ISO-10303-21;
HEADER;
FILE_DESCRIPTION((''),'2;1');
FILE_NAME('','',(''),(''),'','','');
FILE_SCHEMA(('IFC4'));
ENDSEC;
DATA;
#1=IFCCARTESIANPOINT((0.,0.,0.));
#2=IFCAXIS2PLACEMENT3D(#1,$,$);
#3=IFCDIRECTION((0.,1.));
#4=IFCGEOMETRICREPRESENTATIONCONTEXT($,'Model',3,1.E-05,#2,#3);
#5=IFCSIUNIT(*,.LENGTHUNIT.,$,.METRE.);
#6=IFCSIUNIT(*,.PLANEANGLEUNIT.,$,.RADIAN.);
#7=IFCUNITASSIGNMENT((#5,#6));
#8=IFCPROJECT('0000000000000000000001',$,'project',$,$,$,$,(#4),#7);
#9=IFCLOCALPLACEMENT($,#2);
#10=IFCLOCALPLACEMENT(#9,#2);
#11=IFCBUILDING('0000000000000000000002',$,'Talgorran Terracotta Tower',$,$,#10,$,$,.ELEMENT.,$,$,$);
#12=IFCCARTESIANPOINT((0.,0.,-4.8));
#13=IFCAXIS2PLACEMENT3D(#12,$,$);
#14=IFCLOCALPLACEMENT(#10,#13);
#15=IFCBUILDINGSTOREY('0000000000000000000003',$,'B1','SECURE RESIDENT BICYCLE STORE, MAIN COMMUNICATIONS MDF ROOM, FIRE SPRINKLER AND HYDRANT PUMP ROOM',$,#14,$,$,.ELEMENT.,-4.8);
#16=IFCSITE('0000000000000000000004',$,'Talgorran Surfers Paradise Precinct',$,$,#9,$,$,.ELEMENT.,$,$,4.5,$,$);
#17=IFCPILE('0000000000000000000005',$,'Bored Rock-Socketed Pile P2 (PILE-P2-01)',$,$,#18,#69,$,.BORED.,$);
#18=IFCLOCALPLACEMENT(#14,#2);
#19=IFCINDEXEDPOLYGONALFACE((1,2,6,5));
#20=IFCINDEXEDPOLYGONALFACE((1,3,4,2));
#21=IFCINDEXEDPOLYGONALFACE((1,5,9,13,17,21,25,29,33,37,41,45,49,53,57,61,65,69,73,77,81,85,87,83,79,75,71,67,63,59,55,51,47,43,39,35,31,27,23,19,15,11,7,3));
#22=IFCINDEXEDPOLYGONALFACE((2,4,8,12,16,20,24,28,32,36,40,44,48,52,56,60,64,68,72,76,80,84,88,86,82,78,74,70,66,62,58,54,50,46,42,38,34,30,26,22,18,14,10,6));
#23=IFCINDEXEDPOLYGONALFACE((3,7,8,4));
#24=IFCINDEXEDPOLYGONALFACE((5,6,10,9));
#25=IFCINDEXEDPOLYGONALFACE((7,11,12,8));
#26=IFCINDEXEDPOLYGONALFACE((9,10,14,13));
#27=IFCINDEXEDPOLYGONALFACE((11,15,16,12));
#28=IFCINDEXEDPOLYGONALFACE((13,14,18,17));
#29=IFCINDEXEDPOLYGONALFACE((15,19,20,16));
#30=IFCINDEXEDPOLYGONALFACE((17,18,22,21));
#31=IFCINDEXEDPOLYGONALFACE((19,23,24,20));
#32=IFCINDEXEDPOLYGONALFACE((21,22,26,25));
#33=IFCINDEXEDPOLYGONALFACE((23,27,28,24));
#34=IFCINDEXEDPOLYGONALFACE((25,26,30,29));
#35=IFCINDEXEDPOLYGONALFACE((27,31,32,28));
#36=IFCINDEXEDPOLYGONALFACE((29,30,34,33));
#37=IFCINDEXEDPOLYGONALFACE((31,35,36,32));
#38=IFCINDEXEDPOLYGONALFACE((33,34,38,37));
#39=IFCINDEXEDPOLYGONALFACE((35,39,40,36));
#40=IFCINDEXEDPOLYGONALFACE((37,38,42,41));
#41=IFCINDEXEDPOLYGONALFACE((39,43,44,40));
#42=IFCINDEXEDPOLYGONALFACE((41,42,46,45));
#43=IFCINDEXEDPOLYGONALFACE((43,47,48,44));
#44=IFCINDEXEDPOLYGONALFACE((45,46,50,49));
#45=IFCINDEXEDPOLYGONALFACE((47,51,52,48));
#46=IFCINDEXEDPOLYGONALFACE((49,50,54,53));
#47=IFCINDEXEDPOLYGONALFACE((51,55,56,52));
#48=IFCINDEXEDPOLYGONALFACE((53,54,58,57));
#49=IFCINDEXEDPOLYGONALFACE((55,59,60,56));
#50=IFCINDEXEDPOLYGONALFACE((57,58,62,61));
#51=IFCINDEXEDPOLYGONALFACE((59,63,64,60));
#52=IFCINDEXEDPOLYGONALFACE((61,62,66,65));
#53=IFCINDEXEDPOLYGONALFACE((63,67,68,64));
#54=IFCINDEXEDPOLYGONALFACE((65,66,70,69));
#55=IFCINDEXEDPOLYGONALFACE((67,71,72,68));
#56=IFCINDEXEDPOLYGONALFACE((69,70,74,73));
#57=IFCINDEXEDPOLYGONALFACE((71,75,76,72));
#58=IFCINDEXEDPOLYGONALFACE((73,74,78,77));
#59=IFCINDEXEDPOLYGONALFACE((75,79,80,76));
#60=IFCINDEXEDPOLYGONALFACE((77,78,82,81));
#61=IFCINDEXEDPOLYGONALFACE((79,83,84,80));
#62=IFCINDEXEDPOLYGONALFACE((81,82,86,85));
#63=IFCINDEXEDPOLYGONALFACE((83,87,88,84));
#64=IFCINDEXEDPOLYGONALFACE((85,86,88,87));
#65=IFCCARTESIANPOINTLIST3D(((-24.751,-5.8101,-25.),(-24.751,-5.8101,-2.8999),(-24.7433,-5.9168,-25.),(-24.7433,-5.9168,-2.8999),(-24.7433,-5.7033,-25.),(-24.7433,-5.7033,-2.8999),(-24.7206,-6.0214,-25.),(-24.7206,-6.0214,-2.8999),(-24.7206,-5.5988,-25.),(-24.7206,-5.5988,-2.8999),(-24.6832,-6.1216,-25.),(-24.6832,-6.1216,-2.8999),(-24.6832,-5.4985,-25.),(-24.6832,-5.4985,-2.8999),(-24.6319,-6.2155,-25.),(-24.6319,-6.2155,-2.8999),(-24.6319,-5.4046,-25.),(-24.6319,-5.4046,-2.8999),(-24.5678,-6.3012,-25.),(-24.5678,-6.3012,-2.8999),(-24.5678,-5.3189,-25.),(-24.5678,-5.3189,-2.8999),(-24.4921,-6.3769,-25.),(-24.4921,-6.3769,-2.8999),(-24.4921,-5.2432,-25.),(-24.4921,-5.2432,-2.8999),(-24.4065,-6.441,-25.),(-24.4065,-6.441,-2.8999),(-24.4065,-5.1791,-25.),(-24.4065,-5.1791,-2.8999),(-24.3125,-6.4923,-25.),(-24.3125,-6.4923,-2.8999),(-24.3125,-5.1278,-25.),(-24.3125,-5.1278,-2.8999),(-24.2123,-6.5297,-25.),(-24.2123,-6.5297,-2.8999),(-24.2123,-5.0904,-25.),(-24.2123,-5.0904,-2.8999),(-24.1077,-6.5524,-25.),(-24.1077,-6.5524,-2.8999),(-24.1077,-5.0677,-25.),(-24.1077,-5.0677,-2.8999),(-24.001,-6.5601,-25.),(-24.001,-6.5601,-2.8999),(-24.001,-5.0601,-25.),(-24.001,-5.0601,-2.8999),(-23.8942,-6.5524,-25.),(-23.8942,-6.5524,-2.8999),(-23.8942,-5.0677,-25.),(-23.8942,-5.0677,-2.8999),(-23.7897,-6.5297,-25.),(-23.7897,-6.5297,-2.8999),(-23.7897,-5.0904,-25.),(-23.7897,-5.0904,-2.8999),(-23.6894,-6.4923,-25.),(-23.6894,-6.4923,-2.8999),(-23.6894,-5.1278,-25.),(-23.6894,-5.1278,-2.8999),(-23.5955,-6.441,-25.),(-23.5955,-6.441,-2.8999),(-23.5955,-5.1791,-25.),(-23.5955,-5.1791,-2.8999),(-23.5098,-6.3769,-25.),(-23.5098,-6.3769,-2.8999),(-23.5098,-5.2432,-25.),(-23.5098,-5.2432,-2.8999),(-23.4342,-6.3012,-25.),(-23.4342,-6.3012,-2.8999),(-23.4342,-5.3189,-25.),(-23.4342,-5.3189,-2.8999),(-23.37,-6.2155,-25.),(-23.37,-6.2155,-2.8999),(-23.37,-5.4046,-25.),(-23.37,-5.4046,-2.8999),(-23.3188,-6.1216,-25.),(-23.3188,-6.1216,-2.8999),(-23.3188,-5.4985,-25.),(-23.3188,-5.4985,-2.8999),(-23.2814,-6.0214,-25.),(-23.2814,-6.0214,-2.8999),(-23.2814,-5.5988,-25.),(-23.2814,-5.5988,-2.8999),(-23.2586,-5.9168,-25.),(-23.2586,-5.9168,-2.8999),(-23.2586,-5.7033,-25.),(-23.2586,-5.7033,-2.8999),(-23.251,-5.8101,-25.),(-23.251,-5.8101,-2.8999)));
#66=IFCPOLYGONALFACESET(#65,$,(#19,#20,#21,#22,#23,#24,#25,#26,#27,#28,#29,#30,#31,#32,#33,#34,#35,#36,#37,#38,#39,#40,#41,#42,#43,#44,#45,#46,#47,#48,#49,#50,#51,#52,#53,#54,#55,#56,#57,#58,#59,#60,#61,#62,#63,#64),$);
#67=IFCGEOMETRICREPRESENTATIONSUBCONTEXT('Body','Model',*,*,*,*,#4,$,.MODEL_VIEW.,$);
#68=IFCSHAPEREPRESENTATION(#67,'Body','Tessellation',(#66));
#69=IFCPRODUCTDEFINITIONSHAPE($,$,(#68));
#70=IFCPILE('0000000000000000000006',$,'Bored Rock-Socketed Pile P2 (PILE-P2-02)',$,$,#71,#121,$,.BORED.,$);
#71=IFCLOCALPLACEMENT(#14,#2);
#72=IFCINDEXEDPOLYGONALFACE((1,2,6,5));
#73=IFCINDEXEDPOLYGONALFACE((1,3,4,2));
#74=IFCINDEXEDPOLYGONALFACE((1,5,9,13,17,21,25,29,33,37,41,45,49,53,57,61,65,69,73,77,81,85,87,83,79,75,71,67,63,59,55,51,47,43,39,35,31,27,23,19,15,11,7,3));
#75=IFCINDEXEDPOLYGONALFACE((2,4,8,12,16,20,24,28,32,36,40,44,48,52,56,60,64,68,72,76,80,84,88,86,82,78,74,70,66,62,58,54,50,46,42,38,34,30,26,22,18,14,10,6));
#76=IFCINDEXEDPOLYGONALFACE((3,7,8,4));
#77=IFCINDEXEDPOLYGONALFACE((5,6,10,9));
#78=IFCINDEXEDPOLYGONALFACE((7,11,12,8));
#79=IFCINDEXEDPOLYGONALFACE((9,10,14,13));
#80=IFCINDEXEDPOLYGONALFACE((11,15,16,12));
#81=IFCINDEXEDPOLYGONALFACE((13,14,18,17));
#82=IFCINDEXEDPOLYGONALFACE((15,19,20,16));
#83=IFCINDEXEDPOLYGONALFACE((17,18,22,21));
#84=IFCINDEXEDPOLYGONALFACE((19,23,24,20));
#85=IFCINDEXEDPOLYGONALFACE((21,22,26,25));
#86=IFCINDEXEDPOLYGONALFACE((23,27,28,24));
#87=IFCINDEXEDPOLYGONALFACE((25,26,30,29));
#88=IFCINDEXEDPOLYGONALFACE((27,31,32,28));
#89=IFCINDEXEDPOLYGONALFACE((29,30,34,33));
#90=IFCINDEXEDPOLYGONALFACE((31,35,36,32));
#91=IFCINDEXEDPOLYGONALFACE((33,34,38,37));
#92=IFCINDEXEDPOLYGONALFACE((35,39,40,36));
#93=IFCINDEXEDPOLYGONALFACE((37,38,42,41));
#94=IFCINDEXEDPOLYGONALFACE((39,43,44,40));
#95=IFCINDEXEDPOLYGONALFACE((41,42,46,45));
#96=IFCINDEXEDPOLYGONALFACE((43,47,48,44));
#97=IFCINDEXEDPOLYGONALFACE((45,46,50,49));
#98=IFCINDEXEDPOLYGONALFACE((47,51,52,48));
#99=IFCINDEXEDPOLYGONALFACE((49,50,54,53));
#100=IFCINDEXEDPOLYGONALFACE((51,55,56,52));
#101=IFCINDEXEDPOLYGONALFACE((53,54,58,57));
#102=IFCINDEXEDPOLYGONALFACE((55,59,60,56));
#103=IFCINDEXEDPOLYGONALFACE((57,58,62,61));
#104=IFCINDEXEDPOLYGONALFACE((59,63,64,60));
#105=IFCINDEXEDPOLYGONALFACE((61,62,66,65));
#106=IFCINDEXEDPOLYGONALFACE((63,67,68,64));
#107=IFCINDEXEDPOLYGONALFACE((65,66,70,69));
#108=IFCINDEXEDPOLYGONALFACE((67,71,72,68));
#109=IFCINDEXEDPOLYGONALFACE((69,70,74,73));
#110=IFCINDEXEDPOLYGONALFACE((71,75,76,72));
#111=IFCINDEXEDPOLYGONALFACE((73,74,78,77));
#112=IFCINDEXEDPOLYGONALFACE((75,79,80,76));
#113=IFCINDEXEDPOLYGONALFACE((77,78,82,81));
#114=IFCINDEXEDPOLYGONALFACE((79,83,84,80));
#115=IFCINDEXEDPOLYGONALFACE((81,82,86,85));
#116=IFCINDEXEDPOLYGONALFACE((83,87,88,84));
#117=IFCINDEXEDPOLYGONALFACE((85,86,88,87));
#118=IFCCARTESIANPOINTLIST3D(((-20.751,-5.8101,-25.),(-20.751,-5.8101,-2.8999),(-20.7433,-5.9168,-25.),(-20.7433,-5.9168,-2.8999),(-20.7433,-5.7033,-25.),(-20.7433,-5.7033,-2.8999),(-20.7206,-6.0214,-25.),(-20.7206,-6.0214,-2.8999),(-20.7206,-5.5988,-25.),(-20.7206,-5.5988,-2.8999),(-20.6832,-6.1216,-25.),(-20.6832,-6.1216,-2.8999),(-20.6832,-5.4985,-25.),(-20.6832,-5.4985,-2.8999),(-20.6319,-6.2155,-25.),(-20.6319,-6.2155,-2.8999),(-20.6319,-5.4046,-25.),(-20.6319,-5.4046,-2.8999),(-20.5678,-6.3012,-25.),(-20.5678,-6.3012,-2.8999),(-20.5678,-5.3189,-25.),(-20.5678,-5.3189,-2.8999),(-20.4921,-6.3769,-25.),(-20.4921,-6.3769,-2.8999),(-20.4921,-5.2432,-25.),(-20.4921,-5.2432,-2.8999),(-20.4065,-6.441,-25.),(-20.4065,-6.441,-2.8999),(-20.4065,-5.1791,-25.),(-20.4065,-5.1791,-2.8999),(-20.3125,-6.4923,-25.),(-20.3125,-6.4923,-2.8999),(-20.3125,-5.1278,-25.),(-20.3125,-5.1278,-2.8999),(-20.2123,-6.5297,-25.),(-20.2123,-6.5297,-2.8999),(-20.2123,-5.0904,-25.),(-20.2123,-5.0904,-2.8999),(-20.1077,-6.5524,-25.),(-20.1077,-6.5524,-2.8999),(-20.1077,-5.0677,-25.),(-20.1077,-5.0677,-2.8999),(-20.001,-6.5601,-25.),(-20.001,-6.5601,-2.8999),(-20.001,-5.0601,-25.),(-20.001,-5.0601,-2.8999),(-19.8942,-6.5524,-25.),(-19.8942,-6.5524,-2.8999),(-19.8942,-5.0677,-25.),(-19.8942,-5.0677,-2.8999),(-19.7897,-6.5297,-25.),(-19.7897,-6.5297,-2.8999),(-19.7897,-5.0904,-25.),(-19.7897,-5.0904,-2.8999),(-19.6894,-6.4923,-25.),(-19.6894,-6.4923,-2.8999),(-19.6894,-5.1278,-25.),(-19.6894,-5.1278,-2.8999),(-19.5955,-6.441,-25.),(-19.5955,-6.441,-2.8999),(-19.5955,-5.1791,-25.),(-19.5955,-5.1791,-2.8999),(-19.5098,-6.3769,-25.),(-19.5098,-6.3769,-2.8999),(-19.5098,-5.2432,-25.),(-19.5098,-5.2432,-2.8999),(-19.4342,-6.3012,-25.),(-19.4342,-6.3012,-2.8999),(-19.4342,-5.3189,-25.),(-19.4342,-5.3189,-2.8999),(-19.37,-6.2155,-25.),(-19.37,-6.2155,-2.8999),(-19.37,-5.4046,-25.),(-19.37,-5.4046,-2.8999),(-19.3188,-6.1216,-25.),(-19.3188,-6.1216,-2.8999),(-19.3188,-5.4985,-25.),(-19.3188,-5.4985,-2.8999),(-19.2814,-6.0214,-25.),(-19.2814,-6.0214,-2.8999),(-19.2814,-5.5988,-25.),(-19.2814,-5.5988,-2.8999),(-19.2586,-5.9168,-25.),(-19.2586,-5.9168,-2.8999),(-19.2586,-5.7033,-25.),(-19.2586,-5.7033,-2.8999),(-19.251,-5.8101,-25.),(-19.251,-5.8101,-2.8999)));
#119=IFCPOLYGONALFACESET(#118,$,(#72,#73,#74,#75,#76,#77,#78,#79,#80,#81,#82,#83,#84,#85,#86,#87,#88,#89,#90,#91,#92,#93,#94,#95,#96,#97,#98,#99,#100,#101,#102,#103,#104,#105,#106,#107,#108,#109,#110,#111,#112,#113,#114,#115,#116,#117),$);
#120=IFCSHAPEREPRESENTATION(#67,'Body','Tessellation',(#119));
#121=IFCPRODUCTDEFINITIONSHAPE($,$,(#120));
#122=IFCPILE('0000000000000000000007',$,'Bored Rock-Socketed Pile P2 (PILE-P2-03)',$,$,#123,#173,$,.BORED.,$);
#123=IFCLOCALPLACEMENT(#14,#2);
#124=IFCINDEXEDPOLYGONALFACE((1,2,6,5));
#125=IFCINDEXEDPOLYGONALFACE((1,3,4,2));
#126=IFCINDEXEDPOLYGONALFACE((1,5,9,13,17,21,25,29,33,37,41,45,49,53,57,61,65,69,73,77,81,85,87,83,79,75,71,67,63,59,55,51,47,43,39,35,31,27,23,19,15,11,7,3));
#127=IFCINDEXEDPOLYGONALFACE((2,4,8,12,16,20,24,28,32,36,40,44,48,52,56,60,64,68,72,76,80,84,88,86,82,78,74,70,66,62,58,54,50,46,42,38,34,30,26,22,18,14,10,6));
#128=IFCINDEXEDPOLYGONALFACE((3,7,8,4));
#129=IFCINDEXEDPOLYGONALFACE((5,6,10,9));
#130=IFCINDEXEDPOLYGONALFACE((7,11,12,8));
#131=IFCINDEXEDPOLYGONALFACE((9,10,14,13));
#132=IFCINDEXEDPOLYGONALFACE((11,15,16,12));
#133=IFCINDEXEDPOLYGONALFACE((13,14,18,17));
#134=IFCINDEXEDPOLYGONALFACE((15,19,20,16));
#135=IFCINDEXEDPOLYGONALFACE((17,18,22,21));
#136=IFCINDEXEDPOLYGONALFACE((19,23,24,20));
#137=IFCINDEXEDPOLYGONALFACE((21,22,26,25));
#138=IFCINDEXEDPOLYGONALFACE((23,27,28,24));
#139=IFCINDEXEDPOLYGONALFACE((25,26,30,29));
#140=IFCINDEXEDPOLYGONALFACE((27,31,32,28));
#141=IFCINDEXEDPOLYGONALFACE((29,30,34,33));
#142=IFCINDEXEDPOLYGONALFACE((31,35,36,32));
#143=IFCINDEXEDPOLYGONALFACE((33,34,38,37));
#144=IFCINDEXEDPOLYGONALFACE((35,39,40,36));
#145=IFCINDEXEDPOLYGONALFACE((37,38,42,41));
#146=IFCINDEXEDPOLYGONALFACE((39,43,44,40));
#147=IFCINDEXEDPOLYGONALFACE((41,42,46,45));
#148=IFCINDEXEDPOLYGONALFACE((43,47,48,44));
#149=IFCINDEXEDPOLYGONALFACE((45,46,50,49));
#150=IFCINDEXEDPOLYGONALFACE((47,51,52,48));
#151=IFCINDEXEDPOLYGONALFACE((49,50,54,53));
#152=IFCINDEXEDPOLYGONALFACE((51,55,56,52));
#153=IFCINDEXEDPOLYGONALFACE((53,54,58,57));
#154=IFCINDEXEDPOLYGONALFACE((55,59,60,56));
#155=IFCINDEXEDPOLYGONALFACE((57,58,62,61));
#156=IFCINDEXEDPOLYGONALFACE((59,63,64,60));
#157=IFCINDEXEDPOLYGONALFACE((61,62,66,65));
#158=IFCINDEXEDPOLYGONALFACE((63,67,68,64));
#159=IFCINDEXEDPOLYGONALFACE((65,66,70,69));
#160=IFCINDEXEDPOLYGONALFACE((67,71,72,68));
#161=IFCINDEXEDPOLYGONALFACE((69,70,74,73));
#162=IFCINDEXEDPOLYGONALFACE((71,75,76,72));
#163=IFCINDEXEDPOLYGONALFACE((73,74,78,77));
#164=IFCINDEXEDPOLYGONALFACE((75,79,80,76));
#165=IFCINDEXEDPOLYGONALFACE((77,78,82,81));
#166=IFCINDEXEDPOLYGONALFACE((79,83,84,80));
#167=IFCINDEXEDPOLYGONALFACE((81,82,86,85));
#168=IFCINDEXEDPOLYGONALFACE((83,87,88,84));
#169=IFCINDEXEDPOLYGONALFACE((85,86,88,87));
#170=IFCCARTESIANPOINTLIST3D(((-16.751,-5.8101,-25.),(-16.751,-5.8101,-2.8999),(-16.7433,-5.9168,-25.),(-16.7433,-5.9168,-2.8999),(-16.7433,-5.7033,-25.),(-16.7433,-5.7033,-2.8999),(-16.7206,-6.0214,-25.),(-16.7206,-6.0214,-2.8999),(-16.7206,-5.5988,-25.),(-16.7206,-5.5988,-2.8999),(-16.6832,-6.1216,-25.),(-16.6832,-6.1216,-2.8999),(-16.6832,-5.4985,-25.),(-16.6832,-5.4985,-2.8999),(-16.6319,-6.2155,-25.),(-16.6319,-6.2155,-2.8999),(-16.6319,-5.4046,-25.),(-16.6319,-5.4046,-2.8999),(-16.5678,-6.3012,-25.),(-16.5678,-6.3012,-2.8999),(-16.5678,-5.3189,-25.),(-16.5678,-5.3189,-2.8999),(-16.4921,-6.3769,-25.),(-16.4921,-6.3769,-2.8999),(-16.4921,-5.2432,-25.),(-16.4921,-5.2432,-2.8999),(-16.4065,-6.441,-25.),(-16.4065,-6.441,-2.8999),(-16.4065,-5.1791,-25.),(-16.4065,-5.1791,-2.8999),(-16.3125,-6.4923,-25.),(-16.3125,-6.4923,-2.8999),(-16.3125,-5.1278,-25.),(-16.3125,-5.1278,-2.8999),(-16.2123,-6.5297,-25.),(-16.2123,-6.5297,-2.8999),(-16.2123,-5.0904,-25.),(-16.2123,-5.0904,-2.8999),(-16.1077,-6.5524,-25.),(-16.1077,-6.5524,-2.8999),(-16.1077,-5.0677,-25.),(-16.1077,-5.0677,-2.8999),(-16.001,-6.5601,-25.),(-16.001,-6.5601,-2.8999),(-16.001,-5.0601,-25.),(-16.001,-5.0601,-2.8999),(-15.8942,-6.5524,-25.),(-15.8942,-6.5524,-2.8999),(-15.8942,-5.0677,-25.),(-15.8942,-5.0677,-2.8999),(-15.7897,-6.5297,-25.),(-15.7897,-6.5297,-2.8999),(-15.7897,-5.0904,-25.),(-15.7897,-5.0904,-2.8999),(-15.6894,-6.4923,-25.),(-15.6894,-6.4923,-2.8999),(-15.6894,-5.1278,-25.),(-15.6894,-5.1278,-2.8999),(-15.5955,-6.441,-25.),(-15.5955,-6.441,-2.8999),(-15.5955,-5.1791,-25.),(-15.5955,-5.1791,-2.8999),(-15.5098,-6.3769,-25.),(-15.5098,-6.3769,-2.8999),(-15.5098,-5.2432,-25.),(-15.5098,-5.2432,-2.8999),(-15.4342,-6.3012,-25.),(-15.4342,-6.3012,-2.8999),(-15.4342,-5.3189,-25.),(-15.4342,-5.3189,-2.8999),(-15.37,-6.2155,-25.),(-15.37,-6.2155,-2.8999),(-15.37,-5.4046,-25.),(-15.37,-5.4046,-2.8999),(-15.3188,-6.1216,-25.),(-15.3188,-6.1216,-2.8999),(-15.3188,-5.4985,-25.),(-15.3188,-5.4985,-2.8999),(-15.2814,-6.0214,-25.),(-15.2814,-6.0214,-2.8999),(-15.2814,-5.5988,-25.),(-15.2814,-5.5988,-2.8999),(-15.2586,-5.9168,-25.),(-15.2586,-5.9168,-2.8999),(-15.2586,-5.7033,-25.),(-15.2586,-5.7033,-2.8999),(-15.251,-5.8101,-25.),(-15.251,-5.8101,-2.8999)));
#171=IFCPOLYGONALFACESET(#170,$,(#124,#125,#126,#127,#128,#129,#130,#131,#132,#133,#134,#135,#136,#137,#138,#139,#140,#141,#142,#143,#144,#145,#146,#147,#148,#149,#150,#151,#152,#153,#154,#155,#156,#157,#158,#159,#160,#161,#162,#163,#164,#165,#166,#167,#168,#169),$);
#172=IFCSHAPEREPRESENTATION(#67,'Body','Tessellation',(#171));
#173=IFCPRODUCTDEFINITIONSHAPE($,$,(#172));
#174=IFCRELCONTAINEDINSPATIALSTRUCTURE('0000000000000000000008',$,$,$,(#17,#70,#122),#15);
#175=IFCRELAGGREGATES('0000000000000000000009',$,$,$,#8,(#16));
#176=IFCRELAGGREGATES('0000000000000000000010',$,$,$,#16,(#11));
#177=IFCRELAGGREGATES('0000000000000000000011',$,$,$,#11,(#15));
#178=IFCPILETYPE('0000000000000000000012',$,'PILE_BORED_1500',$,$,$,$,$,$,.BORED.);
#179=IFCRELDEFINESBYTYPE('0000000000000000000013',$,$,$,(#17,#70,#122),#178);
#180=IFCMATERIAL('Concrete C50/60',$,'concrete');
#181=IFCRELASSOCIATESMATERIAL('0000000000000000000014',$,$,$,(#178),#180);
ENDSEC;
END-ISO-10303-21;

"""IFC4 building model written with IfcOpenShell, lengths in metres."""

from ifc_helpers import new_model, si_unit, direction, frame, origin, origin_2d, place, context, subcontext, project, spatial, circle, extrude, material, material_profile, profile_set, type_object, element, save


model = new_model("IFC4")

# Units and contexts
model_context = context("Model", 3, precision=1e-05, world=origin(), true_north=direction((0.0, 1.0)))
body_context = subcontext(model_context, "Body", "Model", "MODEL_VIEW")
ifc_project = project(units=[si_unit("LENGTHUNIT", "METRE"), si_unit("PLANEANGLEUNIT", "RADIAN")], contexts=[model_context])

# Site, building, storey
site_placement = place(None, origin())
site = spatial("IfcSite", under=ifc_project, at=site_placement, Name="Talgorran Surfers Paradise Precinct", CompositionType="ELEMENT", RefElevation=4.5)
building_placement = place(site_placement, origin())
building = spatial("IfcBuilding", under=site, at=building_placement, Name="Talgorran Terracotta Tower", CompositionType="ELEMENT")
storey_placement = place(building_placement, frame((0.0, 0.0, -4.8)))
storey = spatial("IfcBuildingStorey", under=building, at=storey_placement, Name="B1", Description="SECURE RESIDENT BICYCLE STORE, MAIN COMMUNICATIONS MDF ROOM, FIRE SPRINKLER AND HYDRANT PUMP ROOM", CompositionType="ELEMENT", Elevation=-4.8)

# Piles
ifc_material_1 = material(Name="Concrete C50/60", Category="concrete")
ifc_material_profile_1 = material_profile(ifc_material_1, circle(Radius=0.75, at=origin_2d()), Name="PILE1500")
ifc_profile_set_1 = profile_set([ifc_material_profile_1], Name="Concrete C50/60")
pile_type_1 = type_object("IfcPileType", Name="PILE_BORED_1500", PredefinedType="BORED", material=ifc_profile_set_1)
for number, where, z_axis, x_axis, name in (
    (1, (-24.001, -5.8101, -2.8999), (0.0, 0.0, -1.0), (1.0, 0.0, 0.0), "Bored Rock-Socketed Pile P2 (PILE-P2-01)"),
    (2, (-20.001, -5.8101, -2.8999), (0.0, 0.0, -1.0), (1.0, 0.0, 0.0), "Bored Rock-Socketed Pile P2 (PILE-P2-02)"),
    (3, (-16.001, -5.8101, -2.8999), (0.0, 0.0, -1.0), (1.0, 0.0, 0.0), "Bored Rock-Socketed Pile P2 (PILE-P2-03)"),
):
    element("IfcPile", number, at=place(storey_placement, frame(where, z_axis=z_axis, x_axis=x_axis)), inside=storey, type_object=pile_type_1, Name=name, PredefinedType="BORED", context=body_context, shape_type="SweptSolid", body=[
        extrude(circle(Radius=0.75, at=origin_2d()), origin(), (0.0, 0.0, 1.0), 22.1001),
    ])

save(model, "model.ifc")
